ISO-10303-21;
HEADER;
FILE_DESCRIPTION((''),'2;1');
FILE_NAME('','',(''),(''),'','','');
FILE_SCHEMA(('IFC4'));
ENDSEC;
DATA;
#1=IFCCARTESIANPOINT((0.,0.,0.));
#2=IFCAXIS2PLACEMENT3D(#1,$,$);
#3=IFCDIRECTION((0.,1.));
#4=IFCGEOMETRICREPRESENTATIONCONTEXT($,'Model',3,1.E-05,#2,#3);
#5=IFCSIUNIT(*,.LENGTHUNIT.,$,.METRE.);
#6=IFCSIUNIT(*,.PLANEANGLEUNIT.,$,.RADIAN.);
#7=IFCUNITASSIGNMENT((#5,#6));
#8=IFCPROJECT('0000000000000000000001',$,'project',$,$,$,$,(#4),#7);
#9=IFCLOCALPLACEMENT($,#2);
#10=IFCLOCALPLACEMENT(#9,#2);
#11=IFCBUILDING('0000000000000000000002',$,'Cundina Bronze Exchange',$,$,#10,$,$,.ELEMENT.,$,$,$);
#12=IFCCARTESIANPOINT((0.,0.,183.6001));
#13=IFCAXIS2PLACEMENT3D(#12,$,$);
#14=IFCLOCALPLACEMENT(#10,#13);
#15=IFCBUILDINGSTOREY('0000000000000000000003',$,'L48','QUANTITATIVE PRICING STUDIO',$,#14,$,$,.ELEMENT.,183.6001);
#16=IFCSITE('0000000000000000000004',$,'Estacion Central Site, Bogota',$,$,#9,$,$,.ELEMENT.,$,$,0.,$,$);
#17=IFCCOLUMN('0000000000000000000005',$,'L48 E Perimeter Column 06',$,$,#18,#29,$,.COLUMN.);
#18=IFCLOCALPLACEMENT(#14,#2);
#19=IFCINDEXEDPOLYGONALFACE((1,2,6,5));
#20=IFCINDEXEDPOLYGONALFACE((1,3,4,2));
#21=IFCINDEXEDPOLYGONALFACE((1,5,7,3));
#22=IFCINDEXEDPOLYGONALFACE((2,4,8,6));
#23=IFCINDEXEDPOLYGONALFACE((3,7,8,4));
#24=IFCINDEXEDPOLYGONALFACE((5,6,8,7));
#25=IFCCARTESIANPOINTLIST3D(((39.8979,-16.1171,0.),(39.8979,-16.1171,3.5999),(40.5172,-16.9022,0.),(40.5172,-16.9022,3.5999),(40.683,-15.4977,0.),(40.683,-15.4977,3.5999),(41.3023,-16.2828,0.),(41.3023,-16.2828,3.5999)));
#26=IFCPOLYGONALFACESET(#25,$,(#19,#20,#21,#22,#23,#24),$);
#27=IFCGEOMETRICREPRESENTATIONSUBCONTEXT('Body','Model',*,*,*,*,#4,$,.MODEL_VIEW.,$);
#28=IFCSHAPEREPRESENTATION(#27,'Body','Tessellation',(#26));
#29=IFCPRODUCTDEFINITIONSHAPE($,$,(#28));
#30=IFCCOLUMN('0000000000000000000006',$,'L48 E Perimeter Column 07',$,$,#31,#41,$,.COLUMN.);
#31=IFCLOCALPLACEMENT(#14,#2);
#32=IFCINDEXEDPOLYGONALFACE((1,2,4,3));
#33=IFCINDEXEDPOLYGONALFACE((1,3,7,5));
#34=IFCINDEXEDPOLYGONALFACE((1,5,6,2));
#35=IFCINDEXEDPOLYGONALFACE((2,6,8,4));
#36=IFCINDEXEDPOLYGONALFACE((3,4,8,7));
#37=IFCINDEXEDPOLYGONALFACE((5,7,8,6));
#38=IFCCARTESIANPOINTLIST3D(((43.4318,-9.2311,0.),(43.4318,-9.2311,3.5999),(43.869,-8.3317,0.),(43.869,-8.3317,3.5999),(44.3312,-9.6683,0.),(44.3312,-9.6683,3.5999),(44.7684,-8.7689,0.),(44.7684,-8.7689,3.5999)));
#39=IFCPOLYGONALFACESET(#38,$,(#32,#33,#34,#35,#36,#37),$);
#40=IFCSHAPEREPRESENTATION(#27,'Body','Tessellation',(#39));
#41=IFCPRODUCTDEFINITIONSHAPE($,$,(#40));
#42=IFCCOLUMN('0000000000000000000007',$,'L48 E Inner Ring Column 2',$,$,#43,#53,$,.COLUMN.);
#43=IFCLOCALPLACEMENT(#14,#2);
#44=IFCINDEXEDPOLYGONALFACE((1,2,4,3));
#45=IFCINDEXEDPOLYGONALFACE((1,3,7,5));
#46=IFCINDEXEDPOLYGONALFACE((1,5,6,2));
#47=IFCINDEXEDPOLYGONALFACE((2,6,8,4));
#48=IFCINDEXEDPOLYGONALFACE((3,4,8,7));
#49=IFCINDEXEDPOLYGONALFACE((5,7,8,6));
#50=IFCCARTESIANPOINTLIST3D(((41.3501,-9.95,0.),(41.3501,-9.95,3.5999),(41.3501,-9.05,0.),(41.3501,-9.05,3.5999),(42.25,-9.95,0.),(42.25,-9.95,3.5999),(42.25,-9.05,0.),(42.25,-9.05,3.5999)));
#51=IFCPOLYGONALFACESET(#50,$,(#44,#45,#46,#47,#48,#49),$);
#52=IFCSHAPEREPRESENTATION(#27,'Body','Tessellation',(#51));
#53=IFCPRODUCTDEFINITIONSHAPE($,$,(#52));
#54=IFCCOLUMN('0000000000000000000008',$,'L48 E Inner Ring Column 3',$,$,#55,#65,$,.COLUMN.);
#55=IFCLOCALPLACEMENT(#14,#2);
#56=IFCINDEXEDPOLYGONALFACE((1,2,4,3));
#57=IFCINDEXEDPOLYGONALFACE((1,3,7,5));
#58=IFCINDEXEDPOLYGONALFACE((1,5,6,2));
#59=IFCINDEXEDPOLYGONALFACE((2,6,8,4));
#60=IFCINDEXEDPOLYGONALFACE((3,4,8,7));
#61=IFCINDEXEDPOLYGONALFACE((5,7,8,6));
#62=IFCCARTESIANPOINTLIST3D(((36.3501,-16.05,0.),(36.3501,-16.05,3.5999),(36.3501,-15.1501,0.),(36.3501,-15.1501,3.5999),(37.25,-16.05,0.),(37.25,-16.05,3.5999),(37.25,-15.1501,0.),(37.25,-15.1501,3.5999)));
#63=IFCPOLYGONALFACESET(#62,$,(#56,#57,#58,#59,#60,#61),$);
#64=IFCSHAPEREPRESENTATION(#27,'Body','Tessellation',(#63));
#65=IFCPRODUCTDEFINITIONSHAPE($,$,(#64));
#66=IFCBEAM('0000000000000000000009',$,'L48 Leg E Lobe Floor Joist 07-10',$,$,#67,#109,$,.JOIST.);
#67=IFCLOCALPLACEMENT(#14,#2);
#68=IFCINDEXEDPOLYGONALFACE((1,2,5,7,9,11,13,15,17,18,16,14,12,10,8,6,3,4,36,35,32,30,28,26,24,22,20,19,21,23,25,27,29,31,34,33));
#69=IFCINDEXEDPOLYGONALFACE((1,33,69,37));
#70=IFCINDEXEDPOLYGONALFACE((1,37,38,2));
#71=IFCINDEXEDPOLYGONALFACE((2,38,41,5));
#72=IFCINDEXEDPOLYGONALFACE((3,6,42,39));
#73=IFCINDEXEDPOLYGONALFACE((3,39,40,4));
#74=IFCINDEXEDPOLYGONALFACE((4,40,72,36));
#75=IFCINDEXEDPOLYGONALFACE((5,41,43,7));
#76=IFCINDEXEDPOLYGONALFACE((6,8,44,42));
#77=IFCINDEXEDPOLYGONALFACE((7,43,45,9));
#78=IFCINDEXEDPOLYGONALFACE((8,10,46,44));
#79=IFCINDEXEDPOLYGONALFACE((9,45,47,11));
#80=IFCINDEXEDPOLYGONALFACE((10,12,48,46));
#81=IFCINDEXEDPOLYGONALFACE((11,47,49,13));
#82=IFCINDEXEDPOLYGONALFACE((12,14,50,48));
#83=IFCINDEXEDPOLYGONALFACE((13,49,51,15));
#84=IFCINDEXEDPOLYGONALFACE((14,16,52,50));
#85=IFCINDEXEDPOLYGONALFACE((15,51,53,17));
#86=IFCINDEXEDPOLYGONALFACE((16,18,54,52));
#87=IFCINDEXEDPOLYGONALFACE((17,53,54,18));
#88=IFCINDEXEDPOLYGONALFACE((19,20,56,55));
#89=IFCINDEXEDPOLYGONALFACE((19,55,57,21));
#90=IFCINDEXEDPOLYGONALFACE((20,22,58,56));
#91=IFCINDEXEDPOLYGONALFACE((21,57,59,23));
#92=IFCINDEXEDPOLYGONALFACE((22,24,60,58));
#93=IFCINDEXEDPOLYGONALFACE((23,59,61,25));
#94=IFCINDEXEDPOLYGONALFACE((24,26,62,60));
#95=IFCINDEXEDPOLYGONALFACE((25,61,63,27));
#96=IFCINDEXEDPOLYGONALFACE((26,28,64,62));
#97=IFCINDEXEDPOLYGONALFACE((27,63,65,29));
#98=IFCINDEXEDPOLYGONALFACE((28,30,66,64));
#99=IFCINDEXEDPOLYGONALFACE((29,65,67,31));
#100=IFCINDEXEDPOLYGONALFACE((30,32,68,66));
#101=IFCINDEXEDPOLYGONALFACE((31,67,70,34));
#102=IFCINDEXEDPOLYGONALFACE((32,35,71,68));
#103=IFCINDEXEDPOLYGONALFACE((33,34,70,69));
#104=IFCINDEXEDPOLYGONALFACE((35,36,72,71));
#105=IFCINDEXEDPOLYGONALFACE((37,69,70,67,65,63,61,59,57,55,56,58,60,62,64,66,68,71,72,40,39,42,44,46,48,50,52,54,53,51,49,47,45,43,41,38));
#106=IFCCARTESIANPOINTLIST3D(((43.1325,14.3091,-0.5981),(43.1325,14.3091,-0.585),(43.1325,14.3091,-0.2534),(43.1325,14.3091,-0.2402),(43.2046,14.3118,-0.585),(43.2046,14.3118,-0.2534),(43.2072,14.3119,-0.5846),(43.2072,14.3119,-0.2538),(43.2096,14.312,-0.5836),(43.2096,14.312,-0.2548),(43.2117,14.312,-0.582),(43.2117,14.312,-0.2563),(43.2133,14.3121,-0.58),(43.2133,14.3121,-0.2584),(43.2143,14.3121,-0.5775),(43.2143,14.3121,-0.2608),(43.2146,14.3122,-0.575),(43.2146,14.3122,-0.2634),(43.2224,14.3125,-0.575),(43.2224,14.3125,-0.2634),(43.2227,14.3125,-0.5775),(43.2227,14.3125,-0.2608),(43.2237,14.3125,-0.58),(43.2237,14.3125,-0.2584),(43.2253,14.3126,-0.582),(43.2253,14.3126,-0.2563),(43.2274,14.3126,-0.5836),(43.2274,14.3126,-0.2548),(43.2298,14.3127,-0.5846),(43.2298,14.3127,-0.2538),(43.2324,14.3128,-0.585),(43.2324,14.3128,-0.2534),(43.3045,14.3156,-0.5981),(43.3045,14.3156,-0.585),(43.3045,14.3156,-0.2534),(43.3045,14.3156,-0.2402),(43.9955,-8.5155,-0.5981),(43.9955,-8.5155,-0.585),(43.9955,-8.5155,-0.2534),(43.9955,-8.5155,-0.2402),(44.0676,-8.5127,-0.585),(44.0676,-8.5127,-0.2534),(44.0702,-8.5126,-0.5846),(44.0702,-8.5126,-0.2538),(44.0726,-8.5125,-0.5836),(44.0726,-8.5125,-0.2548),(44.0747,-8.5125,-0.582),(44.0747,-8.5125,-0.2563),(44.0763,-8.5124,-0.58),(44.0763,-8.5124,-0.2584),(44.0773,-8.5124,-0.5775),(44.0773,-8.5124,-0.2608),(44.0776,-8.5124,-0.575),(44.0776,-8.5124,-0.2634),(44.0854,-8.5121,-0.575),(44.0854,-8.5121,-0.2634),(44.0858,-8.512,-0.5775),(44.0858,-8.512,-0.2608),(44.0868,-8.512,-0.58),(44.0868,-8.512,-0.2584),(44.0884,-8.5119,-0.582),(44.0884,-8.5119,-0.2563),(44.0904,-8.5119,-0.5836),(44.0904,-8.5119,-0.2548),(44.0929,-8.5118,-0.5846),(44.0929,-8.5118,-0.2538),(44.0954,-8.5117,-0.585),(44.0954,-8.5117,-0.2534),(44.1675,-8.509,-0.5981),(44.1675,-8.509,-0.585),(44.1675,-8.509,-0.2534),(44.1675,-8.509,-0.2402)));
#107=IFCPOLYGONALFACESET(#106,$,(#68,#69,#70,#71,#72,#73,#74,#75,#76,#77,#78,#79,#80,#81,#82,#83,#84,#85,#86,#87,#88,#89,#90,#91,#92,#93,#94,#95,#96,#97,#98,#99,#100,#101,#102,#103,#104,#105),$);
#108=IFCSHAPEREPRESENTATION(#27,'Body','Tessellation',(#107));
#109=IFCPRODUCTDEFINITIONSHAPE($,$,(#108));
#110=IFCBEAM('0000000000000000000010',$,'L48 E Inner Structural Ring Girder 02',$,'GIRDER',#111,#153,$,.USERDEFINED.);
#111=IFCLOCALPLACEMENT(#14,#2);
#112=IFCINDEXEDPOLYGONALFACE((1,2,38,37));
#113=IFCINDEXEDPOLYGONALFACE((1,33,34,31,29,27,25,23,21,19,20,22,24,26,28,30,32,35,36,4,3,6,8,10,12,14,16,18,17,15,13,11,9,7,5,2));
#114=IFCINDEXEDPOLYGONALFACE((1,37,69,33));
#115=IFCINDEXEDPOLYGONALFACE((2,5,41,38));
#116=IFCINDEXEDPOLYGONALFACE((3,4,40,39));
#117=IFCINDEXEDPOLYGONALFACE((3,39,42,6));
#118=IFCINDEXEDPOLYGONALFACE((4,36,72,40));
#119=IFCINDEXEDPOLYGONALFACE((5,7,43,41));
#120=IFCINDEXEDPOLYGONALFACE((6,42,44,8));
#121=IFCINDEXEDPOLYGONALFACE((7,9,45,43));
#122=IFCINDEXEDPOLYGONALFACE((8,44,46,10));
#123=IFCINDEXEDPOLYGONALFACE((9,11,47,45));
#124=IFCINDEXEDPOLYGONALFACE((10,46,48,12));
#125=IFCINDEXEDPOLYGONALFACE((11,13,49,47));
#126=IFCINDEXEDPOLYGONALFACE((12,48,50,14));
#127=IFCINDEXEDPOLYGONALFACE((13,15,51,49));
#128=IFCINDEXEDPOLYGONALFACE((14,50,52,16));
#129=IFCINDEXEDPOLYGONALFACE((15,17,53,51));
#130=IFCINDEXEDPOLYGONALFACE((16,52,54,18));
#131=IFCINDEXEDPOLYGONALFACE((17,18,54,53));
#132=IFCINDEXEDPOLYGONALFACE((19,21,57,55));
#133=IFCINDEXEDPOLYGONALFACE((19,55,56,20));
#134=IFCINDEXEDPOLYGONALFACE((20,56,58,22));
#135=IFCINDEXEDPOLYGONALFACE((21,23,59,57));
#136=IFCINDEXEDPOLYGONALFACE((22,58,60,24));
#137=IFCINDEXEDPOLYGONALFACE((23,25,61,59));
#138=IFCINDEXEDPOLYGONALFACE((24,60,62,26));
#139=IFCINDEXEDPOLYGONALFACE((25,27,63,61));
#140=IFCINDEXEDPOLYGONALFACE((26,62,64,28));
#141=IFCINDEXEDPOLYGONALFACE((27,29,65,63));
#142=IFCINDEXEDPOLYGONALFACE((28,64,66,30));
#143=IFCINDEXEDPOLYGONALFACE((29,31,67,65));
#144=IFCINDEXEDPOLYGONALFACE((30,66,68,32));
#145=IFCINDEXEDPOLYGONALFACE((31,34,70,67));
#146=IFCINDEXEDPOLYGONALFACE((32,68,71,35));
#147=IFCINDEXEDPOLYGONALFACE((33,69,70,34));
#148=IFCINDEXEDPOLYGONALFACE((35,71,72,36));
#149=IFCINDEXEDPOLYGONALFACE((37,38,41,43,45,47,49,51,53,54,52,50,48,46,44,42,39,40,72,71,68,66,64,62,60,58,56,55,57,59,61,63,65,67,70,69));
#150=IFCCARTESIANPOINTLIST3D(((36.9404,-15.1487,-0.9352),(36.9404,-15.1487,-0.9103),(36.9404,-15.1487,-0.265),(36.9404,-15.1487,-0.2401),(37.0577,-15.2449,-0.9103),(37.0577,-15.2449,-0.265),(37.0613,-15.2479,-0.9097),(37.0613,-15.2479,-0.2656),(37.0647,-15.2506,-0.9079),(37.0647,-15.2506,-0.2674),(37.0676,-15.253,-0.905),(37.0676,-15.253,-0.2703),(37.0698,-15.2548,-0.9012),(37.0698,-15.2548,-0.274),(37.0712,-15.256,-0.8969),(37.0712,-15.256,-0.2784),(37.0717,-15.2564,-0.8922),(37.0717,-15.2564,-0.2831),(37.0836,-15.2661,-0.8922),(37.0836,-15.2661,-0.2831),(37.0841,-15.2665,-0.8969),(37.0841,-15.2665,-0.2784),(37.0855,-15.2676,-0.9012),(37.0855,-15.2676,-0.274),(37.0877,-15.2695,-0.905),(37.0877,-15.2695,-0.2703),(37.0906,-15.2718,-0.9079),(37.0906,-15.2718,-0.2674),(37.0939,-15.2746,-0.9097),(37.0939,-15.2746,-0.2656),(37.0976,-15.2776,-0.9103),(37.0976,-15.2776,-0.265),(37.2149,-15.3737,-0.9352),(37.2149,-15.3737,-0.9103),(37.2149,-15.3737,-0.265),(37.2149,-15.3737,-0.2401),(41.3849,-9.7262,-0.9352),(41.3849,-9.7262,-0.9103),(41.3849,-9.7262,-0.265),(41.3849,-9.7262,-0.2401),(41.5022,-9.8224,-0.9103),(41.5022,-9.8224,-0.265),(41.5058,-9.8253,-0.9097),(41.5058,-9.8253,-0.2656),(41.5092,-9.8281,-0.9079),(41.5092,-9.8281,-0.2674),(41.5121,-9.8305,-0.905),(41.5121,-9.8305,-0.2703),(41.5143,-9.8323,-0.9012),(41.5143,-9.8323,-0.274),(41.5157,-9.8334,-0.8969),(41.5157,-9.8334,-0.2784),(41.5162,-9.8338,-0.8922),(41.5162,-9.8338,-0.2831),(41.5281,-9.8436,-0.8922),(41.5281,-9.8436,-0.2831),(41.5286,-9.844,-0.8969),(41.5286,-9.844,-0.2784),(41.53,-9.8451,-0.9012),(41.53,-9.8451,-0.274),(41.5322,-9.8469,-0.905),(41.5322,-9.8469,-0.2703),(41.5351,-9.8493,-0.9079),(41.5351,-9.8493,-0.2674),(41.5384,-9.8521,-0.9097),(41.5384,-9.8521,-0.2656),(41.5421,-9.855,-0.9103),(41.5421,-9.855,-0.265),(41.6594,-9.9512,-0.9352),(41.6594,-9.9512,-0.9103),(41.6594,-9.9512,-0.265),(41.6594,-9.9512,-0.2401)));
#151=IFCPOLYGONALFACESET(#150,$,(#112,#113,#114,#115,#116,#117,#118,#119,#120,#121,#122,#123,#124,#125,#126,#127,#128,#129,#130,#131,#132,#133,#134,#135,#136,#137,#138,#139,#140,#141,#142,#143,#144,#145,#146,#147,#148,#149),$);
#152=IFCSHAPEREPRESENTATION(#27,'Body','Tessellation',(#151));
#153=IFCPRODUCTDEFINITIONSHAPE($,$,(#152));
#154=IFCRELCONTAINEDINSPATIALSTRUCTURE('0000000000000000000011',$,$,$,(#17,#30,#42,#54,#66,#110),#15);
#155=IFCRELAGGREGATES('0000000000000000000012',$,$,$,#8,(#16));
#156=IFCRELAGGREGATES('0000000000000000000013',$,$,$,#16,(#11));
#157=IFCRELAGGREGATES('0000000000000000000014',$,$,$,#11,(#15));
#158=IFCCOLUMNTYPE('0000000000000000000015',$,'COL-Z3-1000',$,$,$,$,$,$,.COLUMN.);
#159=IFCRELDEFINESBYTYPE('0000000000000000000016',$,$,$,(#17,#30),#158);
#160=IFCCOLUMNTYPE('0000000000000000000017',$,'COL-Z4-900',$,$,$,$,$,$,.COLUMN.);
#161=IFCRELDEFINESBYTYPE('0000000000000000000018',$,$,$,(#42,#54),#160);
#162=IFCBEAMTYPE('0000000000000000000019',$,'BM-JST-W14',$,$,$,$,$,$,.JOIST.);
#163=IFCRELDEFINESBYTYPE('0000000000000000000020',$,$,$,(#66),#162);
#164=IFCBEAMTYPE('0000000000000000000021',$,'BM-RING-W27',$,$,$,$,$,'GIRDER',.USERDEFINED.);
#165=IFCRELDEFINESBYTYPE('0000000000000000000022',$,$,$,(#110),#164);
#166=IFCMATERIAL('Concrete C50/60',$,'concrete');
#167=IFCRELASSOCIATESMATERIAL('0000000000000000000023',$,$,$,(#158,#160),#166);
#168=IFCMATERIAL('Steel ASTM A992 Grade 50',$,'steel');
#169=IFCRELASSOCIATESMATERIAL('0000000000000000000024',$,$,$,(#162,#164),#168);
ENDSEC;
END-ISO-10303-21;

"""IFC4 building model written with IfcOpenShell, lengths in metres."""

from ifc_helpers import new_model, si_unit, direction, frame, origin, origin_2d, place, context, subcontext, project, spatial, rectangle, i_section, extrude, material, material_profile, profile_set, type_object, element, save


model = new_model("IFC4")

# Units and contexts
model_context = context("Model", 3, precision=1e-05, world=origin(), true_north=direction((0.0, 1.0)))
body_context = subcontext(model_context, "Body", "Model", "MODEL_VIEW")
ifc_project = project(units=[si_unit("LENGTHUNIT", "METRE"), si_unit("PLANEANGLEUNIT", "RADIAN")], contexts=[model_context])

# Site, building, storey
site_placement = place(None, origin())
site = spatial("IfcSite", under=ifc_project, at=site_placement, Name="Estacion Central Site, Bogota", CompositionType="ELEMENT", RefElevation=0.0)
building_placement = place(site_placement, origin())
building = spatial("IfcBuilding", under=site, at=building_placement, Name="Cundina Bronze Exchange", CompositionType="ELEMENT")
storey_placement = place(building_placement, frame((0.0, 0.0, 183.6001)))
storey = spatial("IfcBuildingStorey", under=building, at=storey_placement, Name="L48", Description="QUANTITATIVE PRICING STUDIO", CompositionType="ELEMENT", Elevation=183.6001)

# Columns
ifc_material_1 = material(Name="Concrete C50/60", Category="concrete")
ifc_material_profile_1 = material_profile(ifc_material_1, rectangle(XDim=1.0, YDim=1.0, at=origin_2d()), Name="RC1000X1000", Category="concrete")
ifc_profile_set_1 = profile_set([ifc_material_profile_1], Name="Concrete C50/60")
column_type_1 = type_object("IfcColumnType", Name="COL-Z3-1000", PredefinedType="COLUMN", material=ifc_profile_set_1)
for number, where, z_axis, x_axis, name in (
    (1, (40.6001, -16.2, 0.0), (0.0, 0.0, 1.0), (0.785101, 0.619368, 0.0), "L48 E Perimeter Column 06"),
    (2, (44.1001, -9.0, 0.0), (0.0, 0.0, 1.0), (0.437116, 0.899405, 0.0), "L48 E Perimeter Column 07"),
):
    element("IfcColumn", number, at=place(storey_placement, frame(where, z_axis=z_axis, x_axis=x_axis)), inside=storey, type_object=column_type_1, Name=name, PredefinedType="COLUMN", context=body_context, shape_type="SweptSolid", body=[
        extrude(rectangle(XDim=1.0, YDim=1.0, at=origin_2d()), origin(), (0.0, 0.0, 1.0), 3.5999),
    ])
ifc_material_profile_2 = material_profile(ifc_material_1, rectangle(XDim=0.8999, YDim=0.8999, at=origin_2d()), Name="RC900X900", Category="concrete")
ifc_profile_set_2 = profile_set([ifc_material_profile_2], Name="Concrete C50/60")
column_type_2 = type_object("IfcColumnType", Name="COL-Z4-900", PredefinedType="COLUMN", material=ifc_profile_set_2)
for number, where, z_axis, x_axis, name in (
    (3, (41.8, -9.5, 0.0), (0.0, 0.0, 1.0), (1.0, 0.0, 0.0), "L48 E Inner Ring Column 2"),
    (4, (36.8, -15.6001, 0.0), (0.0, 0.0, 1.0), (1.0, 0.0, 0.0), "L48 E Inner Ring Column 3"),
):
    element("IfcColumn", number, at=place(storey_placement, frame(where, z_axis=z_axis, x_axis=x_axis)), inside=storey, type_object=column_type_2, Name=name, PredefinedType="COLUMN", context=body_context, shape_type="SweptSolid", body=[
        extrude(rectangle(XDim=0.8999, YDim=0.8999, at=origin_2d()), origin(), (0.0, 0.0, 1.0), 3.5999),
    ])

# Beams
ifc_material_2 = material(Name="Steel ASTM A992 Grade 50", Category="steel")
ifc_material_profile_3 = material_profile(ifc_material_2, i_section(OverallWidth=0.1721, OverallDepth=0.3579, WebThickness=0.0078, FlangeThickness=0.0132, FilletRadius=0.01, at=origin_2d()), Name="W14X38", Category="steel")
ifc_profile_set_3 = profile_set([ifc_material_profile_3], Name="Steel ASTM A992 Grade 50")
beam_type_1 = type_object("IfcBeamType", Name="BM-JST-W14", PredefinedType="JOIST", material=ifc_profile_set_3)
beam_1_placement = place(storey_placement, frame((44.0815, -8.5122, -0.4192), z_axis=(-0.037785, 0.999286, 0.0), x_axis=(-0.999286, -0.037785, 0.0)))
element("IfcBeam", 5, at=beam_1_placement, inside=storey, type_object=beam_type_1, Name="L48 Leg E Lobe Floor Joist 07-10", PredefinedType="JOIST", context=body_context, shape_type="SweptSolid", body=[
    extrude(i_section(OverallWidth=0.1721, OverallDepth=0.3579, WebThickness=0.0078, FlangeThickness=0.0132, FilletRadius=0.01, at=origin_2d()), origin(), (0.0, 0.0, 1.0), 22.8408),
])
ifc_material_profile_4 = material_profile(ifc_material_2, i_section(OverallWidth=0.355, OverallDepth=0.6951, WebThickness=0.0154, FlangeThickness=0.0249, FilletRadius=0.0181, at=origin_2d()), Name="W27X146", Category="steel")
ifc_profile_set_4 = profile_set([ifc_material_profile_4], Name="Steel ASTM A992 Grade 50")
beam_type_2 = type_object("IfcBeamType", Name="BM-RING-W27", ElementType="GIRDER", PredefinedType="USERDEFINED", material=ifc_profile_set_4)
beam_2_placement = place(storey_placement, frame((37.0776, -15.2612, -0.5876), z_axis=(0.633913, 0.773405, 0.0), x_axis=(-0.773405, 0.633913, 0.0)))
element("IfcBeam", 6, at=beam_2_placement, inside=storey, type_object=beam_type_2, Name="L48 E Inner Structural Ring Girder 02", ObjectType="GIRDER", PredefinedType="USERDEFINED", context=body_context, shape_type="SweptSolid", body=[
    extrude(i_section(OverallWidth=0.355, OverallDepth=0.6951, WebThickness=0.0154, FlangeThickness=0.0249, FilletRadius=0.0181, at=origin_2d()), origin(), (0.0, 0.0, 1.0), 7.0112),
])

save(model, "model.ifc")
